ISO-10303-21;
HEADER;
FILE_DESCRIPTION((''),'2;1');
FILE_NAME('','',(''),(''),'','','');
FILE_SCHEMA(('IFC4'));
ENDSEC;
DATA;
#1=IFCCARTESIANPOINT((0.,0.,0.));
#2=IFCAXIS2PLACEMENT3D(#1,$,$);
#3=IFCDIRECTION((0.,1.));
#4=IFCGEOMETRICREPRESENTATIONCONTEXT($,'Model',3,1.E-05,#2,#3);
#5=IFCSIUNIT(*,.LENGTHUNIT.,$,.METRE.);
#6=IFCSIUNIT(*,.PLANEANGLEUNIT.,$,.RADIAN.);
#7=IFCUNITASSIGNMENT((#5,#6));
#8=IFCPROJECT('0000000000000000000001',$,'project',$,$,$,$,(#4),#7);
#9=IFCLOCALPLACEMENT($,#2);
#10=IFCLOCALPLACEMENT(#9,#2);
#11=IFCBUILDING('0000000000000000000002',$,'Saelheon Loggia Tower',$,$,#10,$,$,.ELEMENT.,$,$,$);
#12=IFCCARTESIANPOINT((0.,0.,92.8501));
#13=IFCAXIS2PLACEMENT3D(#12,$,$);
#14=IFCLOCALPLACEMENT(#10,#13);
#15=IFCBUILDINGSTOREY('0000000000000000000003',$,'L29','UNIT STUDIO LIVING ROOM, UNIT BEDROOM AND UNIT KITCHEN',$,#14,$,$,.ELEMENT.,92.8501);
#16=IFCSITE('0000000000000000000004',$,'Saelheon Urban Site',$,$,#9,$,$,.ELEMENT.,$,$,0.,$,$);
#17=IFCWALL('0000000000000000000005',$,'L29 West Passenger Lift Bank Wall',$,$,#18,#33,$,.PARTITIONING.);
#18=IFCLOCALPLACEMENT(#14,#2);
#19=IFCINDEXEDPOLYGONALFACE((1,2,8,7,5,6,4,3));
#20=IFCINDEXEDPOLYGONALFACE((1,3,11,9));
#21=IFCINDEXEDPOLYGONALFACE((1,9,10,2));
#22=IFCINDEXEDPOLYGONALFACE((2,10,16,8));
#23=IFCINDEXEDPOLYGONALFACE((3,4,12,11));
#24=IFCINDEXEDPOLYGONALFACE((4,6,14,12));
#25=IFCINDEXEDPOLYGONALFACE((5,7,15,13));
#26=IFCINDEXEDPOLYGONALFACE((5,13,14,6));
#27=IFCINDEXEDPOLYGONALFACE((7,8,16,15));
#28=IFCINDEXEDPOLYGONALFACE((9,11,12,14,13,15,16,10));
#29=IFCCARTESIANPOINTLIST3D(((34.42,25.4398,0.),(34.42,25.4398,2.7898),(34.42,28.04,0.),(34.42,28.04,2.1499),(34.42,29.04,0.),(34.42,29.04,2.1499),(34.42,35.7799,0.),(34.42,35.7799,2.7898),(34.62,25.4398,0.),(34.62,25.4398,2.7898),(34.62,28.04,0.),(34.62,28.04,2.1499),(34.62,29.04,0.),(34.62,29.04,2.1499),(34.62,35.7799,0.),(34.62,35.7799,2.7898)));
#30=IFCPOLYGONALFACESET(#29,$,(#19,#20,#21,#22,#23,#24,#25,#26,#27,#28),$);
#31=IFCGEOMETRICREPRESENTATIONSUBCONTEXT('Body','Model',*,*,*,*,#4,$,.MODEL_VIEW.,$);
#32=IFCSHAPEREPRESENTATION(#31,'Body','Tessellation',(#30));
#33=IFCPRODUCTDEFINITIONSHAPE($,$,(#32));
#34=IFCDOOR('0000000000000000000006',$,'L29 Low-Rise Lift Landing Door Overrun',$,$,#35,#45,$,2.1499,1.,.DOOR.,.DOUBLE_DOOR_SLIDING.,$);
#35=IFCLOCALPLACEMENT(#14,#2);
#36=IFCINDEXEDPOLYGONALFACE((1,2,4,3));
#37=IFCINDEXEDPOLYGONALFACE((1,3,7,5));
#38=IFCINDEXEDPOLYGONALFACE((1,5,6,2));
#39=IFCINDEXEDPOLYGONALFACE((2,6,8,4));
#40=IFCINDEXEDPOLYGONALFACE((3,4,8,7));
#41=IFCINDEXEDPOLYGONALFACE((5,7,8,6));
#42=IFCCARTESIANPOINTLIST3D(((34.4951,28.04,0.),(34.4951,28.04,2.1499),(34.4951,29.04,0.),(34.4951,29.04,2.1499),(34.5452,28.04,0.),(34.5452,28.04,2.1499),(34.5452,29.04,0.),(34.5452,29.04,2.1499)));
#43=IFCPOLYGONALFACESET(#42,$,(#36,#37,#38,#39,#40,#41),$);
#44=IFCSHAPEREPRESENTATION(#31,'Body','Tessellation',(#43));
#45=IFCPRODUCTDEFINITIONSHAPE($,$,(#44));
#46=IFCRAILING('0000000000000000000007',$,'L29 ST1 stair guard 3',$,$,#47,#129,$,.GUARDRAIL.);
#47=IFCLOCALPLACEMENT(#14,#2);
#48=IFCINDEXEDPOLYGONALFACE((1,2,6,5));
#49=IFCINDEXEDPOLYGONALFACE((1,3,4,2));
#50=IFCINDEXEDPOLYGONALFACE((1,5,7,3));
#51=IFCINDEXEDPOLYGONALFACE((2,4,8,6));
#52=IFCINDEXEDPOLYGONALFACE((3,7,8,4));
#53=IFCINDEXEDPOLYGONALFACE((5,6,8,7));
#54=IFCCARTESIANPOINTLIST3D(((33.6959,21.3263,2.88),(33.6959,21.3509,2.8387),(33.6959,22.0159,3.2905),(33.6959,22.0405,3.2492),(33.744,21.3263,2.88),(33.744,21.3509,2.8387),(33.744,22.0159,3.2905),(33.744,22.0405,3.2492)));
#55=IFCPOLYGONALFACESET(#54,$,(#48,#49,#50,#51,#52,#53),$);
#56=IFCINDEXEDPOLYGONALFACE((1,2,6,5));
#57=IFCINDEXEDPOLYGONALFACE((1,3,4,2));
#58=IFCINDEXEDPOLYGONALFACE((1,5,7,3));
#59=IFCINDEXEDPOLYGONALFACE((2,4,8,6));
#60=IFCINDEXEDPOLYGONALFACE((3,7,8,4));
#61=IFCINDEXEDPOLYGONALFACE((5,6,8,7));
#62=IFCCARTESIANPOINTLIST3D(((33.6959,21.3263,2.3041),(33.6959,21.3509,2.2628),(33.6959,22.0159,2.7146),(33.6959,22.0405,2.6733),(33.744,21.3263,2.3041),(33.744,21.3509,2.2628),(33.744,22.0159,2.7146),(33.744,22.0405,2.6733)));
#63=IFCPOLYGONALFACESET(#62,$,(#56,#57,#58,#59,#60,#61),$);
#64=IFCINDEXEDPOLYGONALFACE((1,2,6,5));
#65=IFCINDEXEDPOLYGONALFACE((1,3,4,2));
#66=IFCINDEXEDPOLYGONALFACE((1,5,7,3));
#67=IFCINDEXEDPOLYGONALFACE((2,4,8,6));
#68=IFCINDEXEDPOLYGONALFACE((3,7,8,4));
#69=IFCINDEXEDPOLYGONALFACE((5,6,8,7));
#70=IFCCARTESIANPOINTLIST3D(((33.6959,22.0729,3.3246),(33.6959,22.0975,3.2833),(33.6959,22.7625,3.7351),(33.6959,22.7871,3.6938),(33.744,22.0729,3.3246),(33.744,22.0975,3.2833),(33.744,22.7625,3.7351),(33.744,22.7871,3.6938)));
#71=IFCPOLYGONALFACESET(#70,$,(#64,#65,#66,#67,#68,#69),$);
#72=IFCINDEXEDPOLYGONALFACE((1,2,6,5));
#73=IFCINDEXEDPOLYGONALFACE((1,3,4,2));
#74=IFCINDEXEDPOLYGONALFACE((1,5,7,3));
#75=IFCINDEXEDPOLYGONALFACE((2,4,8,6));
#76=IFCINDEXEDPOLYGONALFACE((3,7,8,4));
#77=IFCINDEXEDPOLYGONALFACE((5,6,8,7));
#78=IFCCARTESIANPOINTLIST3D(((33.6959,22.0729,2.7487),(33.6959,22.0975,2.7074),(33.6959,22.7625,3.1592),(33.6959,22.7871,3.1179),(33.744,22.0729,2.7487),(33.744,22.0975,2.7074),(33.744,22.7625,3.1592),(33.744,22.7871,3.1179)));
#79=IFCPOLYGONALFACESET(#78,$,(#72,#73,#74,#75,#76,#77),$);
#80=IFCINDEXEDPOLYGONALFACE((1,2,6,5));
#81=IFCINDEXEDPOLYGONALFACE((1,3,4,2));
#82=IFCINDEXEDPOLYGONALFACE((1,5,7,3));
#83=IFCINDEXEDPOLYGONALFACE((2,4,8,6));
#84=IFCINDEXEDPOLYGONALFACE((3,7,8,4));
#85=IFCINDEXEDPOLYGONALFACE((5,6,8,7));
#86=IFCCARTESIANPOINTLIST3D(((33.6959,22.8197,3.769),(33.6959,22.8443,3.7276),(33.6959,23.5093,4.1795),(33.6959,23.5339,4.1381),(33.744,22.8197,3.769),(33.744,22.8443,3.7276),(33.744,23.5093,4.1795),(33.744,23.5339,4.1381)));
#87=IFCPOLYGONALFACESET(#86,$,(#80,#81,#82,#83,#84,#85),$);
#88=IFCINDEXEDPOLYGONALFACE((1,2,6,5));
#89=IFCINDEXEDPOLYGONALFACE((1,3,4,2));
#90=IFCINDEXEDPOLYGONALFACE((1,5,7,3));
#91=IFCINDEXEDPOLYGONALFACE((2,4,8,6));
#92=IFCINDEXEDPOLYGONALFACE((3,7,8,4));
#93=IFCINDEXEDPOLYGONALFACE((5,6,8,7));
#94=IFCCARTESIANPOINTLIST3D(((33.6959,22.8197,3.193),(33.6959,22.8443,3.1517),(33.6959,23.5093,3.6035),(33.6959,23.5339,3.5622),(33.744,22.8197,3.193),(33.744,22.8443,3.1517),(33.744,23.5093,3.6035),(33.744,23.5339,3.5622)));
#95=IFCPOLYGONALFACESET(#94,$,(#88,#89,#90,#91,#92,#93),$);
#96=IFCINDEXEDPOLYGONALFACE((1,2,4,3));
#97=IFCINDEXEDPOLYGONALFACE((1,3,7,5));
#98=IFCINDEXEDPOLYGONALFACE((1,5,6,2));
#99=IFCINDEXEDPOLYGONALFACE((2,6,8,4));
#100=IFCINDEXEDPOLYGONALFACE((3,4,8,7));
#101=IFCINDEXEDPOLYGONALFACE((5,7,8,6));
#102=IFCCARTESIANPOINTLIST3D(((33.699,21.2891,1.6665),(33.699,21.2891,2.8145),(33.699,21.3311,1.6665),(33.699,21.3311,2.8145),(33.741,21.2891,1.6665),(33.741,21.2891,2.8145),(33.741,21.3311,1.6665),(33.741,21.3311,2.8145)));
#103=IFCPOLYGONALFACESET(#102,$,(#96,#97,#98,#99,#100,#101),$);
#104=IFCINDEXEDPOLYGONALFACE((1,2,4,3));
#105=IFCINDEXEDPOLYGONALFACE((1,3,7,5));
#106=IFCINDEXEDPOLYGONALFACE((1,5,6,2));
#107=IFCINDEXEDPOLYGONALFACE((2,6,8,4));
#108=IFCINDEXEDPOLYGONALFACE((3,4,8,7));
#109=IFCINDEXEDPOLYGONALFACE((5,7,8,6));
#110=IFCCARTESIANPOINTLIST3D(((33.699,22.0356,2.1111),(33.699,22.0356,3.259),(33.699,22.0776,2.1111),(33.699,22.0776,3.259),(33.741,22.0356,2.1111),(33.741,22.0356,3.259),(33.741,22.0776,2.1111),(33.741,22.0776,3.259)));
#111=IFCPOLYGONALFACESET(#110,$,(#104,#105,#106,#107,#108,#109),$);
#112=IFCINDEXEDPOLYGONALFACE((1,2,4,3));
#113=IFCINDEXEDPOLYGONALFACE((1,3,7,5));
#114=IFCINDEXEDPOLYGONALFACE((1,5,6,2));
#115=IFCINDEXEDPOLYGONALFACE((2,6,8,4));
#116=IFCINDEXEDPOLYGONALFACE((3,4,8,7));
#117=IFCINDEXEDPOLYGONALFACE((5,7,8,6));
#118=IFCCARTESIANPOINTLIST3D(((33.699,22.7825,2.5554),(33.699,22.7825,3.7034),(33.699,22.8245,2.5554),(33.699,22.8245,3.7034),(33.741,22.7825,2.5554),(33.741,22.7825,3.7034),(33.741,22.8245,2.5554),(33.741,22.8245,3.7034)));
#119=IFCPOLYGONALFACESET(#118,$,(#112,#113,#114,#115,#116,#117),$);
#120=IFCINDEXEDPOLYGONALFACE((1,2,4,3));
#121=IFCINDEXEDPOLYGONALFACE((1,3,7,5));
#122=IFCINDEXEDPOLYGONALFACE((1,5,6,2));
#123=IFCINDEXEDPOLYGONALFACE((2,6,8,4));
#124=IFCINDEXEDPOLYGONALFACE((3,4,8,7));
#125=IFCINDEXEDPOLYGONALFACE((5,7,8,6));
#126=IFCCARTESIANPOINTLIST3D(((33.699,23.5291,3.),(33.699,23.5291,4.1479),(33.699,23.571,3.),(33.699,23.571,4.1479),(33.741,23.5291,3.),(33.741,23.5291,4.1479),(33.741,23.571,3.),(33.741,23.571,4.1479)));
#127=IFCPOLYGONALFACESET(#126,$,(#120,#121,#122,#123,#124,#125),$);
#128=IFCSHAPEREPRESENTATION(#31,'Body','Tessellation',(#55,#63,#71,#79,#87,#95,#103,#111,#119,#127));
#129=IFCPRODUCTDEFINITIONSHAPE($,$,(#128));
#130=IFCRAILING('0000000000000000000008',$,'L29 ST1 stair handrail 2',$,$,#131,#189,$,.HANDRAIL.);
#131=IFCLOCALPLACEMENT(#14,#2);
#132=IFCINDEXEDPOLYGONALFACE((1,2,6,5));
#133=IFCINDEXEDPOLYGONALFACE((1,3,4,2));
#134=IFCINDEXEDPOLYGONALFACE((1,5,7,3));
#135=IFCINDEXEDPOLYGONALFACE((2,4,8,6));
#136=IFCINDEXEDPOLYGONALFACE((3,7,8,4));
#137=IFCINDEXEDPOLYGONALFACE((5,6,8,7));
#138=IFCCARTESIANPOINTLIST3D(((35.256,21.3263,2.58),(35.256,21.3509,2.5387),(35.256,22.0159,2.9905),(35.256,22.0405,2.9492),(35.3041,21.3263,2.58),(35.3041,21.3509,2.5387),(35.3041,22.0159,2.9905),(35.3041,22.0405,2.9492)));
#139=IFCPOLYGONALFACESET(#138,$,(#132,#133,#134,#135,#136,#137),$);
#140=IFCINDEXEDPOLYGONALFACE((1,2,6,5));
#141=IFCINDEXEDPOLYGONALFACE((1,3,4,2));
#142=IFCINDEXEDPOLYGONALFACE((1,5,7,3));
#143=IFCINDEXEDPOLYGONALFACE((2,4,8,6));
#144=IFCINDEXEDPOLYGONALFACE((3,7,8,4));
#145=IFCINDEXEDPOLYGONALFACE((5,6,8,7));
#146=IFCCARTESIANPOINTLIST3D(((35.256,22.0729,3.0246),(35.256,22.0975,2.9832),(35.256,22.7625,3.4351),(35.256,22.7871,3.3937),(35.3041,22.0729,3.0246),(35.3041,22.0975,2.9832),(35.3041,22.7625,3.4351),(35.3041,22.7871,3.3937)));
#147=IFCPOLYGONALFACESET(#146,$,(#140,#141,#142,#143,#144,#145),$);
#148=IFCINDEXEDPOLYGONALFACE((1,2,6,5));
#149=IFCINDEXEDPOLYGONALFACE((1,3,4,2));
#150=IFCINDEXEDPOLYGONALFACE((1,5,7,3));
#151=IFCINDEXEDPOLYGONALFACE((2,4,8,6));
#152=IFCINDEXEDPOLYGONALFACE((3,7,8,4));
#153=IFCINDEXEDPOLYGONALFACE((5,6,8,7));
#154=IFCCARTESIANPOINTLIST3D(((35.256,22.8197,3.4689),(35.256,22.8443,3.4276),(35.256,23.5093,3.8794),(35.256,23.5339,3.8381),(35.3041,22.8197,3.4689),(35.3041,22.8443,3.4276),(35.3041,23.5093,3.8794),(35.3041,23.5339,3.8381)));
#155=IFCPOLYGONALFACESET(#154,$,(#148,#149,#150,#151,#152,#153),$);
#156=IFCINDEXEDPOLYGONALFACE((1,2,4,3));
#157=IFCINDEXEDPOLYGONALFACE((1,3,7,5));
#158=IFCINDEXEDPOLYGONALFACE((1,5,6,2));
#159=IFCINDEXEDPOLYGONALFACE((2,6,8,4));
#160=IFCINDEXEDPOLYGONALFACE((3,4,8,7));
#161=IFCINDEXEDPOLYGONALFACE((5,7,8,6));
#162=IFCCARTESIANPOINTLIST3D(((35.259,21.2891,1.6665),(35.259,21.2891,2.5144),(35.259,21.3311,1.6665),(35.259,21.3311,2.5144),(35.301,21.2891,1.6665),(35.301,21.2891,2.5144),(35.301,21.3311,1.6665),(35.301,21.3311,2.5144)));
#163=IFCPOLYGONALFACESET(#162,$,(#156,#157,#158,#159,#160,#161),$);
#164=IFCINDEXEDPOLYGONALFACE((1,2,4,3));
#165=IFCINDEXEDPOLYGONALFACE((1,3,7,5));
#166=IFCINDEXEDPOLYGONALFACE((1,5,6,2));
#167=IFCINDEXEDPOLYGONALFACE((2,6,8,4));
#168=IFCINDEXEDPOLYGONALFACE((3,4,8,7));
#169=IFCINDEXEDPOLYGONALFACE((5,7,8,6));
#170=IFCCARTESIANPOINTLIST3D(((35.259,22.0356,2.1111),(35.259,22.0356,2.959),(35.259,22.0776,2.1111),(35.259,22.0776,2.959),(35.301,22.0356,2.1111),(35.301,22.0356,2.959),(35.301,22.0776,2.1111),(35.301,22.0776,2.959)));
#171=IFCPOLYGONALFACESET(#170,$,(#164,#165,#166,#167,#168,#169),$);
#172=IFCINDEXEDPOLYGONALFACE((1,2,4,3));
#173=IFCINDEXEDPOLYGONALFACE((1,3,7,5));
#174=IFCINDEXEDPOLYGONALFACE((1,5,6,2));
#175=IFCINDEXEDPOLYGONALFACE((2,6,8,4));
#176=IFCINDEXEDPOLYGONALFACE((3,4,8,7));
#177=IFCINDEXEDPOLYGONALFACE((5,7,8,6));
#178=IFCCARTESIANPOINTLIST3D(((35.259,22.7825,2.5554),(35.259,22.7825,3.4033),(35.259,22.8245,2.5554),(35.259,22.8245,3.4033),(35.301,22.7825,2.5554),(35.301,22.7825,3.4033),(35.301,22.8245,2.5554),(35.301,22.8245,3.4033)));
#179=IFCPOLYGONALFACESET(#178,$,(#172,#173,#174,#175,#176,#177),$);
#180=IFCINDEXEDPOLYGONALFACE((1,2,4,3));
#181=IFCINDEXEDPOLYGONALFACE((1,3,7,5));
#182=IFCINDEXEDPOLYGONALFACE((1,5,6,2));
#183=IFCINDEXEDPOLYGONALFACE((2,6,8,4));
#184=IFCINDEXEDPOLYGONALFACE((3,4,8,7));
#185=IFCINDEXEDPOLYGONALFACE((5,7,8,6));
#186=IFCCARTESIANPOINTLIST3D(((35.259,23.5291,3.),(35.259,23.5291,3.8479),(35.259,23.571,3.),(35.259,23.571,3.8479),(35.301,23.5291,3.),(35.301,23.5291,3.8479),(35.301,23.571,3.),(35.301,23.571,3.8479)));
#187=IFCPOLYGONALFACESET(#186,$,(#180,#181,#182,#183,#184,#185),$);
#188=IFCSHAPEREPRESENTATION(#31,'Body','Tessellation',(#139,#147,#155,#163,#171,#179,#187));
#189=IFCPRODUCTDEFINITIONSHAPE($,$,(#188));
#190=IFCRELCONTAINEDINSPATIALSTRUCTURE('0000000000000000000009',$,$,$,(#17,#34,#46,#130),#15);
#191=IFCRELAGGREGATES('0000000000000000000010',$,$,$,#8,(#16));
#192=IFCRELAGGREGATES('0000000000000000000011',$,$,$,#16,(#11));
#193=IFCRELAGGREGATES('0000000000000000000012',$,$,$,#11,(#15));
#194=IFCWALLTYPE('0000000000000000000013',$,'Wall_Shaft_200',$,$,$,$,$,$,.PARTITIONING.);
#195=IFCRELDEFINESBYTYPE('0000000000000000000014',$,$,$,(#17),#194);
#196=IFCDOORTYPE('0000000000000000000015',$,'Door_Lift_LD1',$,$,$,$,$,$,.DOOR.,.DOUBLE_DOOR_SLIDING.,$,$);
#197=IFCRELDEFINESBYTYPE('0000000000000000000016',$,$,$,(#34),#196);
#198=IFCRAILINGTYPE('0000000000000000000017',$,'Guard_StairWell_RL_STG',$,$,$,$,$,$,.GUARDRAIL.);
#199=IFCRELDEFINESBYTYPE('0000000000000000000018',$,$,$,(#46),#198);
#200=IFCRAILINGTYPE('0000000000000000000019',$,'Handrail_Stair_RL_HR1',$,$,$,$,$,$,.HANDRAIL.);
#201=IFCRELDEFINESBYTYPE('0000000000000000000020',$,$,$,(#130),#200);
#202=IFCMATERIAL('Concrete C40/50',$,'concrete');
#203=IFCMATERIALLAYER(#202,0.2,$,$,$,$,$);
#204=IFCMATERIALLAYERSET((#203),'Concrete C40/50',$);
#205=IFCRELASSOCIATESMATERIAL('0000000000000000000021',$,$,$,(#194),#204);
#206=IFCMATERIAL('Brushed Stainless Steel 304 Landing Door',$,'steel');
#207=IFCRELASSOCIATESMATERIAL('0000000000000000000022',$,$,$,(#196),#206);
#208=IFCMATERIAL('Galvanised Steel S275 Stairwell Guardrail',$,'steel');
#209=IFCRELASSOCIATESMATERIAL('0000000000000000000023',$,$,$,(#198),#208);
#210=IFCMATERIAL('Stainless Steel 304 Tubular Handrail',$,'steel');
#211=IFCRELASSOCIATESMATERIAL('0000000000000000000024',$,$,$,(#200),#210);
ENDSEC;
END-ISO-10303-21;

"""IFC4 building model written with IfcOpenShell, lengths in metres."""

from ifc_helpers import new_model, si_unit, direction, frame, frame_2d, origin, origin_2d, place, context, subcontext, project, spatial, rectangle, extrude, source, transform, mapped, material, layer, layer_set, type_object, element, fill, save


model = new_model("IFC4")

# Units and contexts
model_context = context("Model", 3, precision=1e-05, world=origin(), true_north=direction((0.0, 1.0)))
body_context = subcontext(model_context, "Body", "Model", "MODEL_VIEW")
ifc_project = project(units=[si_unit("LENGTHUNIT", "METRE"), si_unit("PLANEANGLEUNIT", "RADIAN")], contexts=[model_context])

# Site, building, storey
site_placement = place(None, origin())
site = spatial("IfcSite", under=ifc_project, at=site_placement, Name="Saelheon Urban Site", CompositionType="ELEMENT", RefElevation=0.0)
building_placement = place(site_placement, origin())
building = spatial("IfcBuilding", under=site, at=building_placement, Name="Saelheon Loggia Tower", CompositionType="ELEMENT")
storey_placement = place(building_placement, frame((0.0, 0.0, 92.8501)))
storey = spatial("IfcBuildingStorey", under=building, at=storey_placement, Name="L29", Description="UNIT STUDIO LIVING ROOM, UNIT BEDROOM AND UNIT KITCHEN", CompositionType="ELEMENT", Elevation=92.8501)

# Shared definitions
ifc_material_1 = material(Name="Concrete C40/50", Category="concrete")

# Shared definitions
ifc_layer_1 = layer(ifc_material_1, 0.2)
ifc_layer_set_1 = layer_set([ifc_layer_1], Name="Concrete C40/50")
wall_type_1 = type_object("IfcWallType", Name="Wall_Shaft_200", PredefinedType="PARTITIONING", material=ifc_layer_set_1)

# Wall, opening, door
wall_1_placement = place(storey_placement, frame((34.52, 25.4399, 0.0), z_axis=(0.0, 0.0, 1.0), x_axis=(0.0, 1.0, 0.0)))
wall_1 = element("IfcWall", 1, at=wall_1_placement, inside=storey, type_object=wall_type_1, Name="L29 West Passenger Lift Bank Wall", PredefinedType="PARTITIONING", context=body_context, shape_type="SweptSolid", body=[
    extrude(rectangle(XDim=10.3401, YDim=0.2, at=frame_2d((5.1699, 0.0))), origin(), (0.0, 0.0, 1.0), 2.7898),
])
opening_1_placement = place(wall_1_placement, frame((2.6001, 0.0, 0.0)))
opening_1 = element("IfcOpeningElement", 2, at=opening_1_placement, cuts=wall_1, PredefinedType="OPENING", context=body_context, shape_type="SweptSolid", body=[
    extrude(rectangle(XDim=1.0, YDim=2.1499, at=frame_2d((0.5, 1.075))), frame((0.0, 0.1121, 0.0), z_axis=(0.0, -1.0, 0.0), x_axis=(1.0, 0.0, 0.0)), (0.0, 0.0, 1.0), 0.2239),
])
ifc_material_2 = material(Name="Brushed Stainless Steel 304 Landing Door", Category="steel")
door_type_1 = type_object("IfcDoorType", Name="Door_Lift_LD1", OperationType="DOUBLE_DOOR_SLIDING", PredefinedType="DOOR", material=ifc_material_2)
shared_shape_1 = source(origin(), body_context, "Body", "SweptSolid", [
    extrude(rectangle(XDim=1.0, YDim=2.1499, at=frame_2d((0.5, 1.075))), frame((0.0, 0.0249, 0.0), z_axis=(0.0, -1.0, 0.0), x_axis=(1.0, 0.0, 0.0)), (0.0, 0.0, 1.0), 0.05),
])
door_1_placement = place(opening_1_placement, origin())
door_1 = element("IfcDoor", 3, at=door_1_placement, inside=storey, type_object=door_type_1, Name="L29 Low-Rise Lift Landing Door Overrun", OperationType="DOUBLE_DOOR_SLIDING", OverallHeight=2.1499, OverallWidth=1.0, PredefinedType="DOOR", context=body_context, shape_type="MappedRepresentation", body=[
    mapped(shared_shape_1, transform((0.0, 0.0, 0.0), scale=1.0)),
])
fill(opening_1, door_1)

# Railings
ifc_material_3 = material(Name="Galvanised Steel S275 Stairwell Guardrail", Category="steel")
railing_type_1 = type_object("IfcRailingType", Name="Guard_StairWell_RL_STG", PredefinedType="GUARDRAIL", material=ifc_material_3)
railing_1_placement = place(storey_placement, frame((33.72, 21.3101, 1.6665)))
element("IfcRailing", 4, at=railing_1_placement, inside=storey, type_object=railing_type_1, Name="L29 ST1 stair guard 3", PredefinedType="GUARDRAIL", context=body_context, shape_type="SweptSolid", body=[
    extrude(rectangle(XDim=0.0481, YDim=0.0481, at=origin_2d()), frame((0.0, 0.0286, 1.1929), z_axis=(0.0, 0.859264, 0.511532), x_axis=(-1.0, 0.0, 0.0)), (0.0, 0.0, 1.0), 0.8025),
    extrude(rectangle(XDim=0.0481, YDim=0.0481, at=origin_2d()), frame((0.0, 0.0286, 0.6169), z_axis=(0.0, 0.859264, 0.511532), x_axis=(-1.0, 0.0, 0.0)), (0.0, 0.0, 1.0), 0.8025),
    extrude(rectangle(XDim=0.0481, YDim=0.0481, at=origin_2d()), frame((0.0, 0.7751, 1.6375), z_axis=(0.0, 0.859264, 0.511532), x_axis=(-1.0, 0.0, 0.0)), (0.0, 0.0, 1.0), 0.8025),
    extrude(rectangle(XDim=0.0481, YDim=0.0481, at=origin_2d()), frame((0.0, 0.7751, 1.0615), z_axis=(0.0, 0.859264, 0.511532), x_axis=(-1.0, 0.0, 0.0)), (0.0, 0.0, 1.0), 0.8025),
    extrude(rectangle(XDim=0.0481, YDim=0.0481, at=origin_2d()), frame((0.0, 1.522, 2.0818), z_axis=(0.0, 0.859264, 0.511532), x_axis=(-1.0, 0.0, 0.0)), (0.0, 0.0, 1.0), 0.8025),
    extrude(rectangle(XDim=0.0481, YDim=0.0481, at=origin_2d()), frame((0.0, 1.522, 1.5059), z_axis=(0.0, 0.859264, 0.511532), x_axis=(-1.0, 0.0, 0.0)), (0.0, 0.0, 1.0), 0.8025),
    extrude(rectangle(XDim=0.042, YDim=0.042, at=origin_2d()), origin(), (0.0, 0.0, 1.0), 1.1479),
    extrude(rectangle(XDim=0.042, YDim=0.042, at=origin_2d()), frame((0.0, 0.7466, 0.4446)), (0.0, 0.0, 1.0), 1.1479),
    extrude(rectangle(XDim=0.042, YDim=0.042, at=origin_2d()), frame((0.0, 1.4934, 0.8889)), (0.0, 0.0, 1.0), 1.1479),
    extrude(rectangle(XDim=0.042, YDim=0.042, at=origin_2d()), frame((0.0, 2.24, 1.3335)), (0.0, 0.0, 1.0), 1.1479),
])
ifc_material_4 = material(Name="Stainless Steel 304 Tubular Handrail", Category="steel")
railing_type_2 = type_object("IfcRailingType", Name="Handrail_Stair_RL_HR1", PredefinedType="HANDRAIL", material=ifc_material_4)
railing_2_placement = place(storey_placement, frame((35.28, 21.3101, 1.6665)))
element("IfcRailing", 5, at=railing_2_placement, inside=storey, type_object=railing_type_2, Name="L29 ST1 stair handrail 2", PredefinedType="HANDRAIL", context=body_context, shape_type="SweptSolid", body=[
    extrude(rectangle(XDim=0.0481, YDim=0.0481, at=origin_2d()), frame((0.0, 0.0286, 0.8928), z_axis=(0.0, 0.859264, 0.511532), x_axis=(-1.0, 0.0, 0.0)), (0.0, 0.0, 1.0), 0.8025),
    extrude(rectangle(XDim=0.0481, YDim=0.0481, at=origin_2d()), frame((0.0, 0.7751, 1.3374), z_axis=(0.0, 0.859264, 0.511532), x_axis=(-1.0, 0.0, 0.0)), (0.0, 0.0, 1.0), 0.8025),
    extrude(rectangle(XDim=0.0481, YDim=0.0481, at=origin_2d()), frame((0.0, 1.522, 1.7817), z_axis=(0.0, 0.859264, 0.511532), x_axis=(-1.0, 0.0, 0.0)), (0.0, 0.0, 1.0), 0.8025),
    extrude(rectangle(XDim=0.042, YDim=0.042, at=origin_2d()), origin(), (0.0, 0.0, 1.0), 0.8479),
    extrude(rectangle(XDim=0.042, YDim=0.042, at=origin_2d()), frame((0.0, 0.7466, 0.4446)), (0.0, 0.0, 1.0), 0.8479),
    extrude(rectangle(XDim=0.042, YDim=0.042, at=origin_2d()), frame((0.0, 1.4934, 0.8889)), (0.0, 0.0, 1.0), 0.8479),
    extrude(rectangle(XDim=0.042, YDim=0.042, at=origin_2d()), frame((0.0, 2.24, 1.3335)), (0.0, 0.0, 1.0), 0.8479),
])

save(model, "model.ifc")
